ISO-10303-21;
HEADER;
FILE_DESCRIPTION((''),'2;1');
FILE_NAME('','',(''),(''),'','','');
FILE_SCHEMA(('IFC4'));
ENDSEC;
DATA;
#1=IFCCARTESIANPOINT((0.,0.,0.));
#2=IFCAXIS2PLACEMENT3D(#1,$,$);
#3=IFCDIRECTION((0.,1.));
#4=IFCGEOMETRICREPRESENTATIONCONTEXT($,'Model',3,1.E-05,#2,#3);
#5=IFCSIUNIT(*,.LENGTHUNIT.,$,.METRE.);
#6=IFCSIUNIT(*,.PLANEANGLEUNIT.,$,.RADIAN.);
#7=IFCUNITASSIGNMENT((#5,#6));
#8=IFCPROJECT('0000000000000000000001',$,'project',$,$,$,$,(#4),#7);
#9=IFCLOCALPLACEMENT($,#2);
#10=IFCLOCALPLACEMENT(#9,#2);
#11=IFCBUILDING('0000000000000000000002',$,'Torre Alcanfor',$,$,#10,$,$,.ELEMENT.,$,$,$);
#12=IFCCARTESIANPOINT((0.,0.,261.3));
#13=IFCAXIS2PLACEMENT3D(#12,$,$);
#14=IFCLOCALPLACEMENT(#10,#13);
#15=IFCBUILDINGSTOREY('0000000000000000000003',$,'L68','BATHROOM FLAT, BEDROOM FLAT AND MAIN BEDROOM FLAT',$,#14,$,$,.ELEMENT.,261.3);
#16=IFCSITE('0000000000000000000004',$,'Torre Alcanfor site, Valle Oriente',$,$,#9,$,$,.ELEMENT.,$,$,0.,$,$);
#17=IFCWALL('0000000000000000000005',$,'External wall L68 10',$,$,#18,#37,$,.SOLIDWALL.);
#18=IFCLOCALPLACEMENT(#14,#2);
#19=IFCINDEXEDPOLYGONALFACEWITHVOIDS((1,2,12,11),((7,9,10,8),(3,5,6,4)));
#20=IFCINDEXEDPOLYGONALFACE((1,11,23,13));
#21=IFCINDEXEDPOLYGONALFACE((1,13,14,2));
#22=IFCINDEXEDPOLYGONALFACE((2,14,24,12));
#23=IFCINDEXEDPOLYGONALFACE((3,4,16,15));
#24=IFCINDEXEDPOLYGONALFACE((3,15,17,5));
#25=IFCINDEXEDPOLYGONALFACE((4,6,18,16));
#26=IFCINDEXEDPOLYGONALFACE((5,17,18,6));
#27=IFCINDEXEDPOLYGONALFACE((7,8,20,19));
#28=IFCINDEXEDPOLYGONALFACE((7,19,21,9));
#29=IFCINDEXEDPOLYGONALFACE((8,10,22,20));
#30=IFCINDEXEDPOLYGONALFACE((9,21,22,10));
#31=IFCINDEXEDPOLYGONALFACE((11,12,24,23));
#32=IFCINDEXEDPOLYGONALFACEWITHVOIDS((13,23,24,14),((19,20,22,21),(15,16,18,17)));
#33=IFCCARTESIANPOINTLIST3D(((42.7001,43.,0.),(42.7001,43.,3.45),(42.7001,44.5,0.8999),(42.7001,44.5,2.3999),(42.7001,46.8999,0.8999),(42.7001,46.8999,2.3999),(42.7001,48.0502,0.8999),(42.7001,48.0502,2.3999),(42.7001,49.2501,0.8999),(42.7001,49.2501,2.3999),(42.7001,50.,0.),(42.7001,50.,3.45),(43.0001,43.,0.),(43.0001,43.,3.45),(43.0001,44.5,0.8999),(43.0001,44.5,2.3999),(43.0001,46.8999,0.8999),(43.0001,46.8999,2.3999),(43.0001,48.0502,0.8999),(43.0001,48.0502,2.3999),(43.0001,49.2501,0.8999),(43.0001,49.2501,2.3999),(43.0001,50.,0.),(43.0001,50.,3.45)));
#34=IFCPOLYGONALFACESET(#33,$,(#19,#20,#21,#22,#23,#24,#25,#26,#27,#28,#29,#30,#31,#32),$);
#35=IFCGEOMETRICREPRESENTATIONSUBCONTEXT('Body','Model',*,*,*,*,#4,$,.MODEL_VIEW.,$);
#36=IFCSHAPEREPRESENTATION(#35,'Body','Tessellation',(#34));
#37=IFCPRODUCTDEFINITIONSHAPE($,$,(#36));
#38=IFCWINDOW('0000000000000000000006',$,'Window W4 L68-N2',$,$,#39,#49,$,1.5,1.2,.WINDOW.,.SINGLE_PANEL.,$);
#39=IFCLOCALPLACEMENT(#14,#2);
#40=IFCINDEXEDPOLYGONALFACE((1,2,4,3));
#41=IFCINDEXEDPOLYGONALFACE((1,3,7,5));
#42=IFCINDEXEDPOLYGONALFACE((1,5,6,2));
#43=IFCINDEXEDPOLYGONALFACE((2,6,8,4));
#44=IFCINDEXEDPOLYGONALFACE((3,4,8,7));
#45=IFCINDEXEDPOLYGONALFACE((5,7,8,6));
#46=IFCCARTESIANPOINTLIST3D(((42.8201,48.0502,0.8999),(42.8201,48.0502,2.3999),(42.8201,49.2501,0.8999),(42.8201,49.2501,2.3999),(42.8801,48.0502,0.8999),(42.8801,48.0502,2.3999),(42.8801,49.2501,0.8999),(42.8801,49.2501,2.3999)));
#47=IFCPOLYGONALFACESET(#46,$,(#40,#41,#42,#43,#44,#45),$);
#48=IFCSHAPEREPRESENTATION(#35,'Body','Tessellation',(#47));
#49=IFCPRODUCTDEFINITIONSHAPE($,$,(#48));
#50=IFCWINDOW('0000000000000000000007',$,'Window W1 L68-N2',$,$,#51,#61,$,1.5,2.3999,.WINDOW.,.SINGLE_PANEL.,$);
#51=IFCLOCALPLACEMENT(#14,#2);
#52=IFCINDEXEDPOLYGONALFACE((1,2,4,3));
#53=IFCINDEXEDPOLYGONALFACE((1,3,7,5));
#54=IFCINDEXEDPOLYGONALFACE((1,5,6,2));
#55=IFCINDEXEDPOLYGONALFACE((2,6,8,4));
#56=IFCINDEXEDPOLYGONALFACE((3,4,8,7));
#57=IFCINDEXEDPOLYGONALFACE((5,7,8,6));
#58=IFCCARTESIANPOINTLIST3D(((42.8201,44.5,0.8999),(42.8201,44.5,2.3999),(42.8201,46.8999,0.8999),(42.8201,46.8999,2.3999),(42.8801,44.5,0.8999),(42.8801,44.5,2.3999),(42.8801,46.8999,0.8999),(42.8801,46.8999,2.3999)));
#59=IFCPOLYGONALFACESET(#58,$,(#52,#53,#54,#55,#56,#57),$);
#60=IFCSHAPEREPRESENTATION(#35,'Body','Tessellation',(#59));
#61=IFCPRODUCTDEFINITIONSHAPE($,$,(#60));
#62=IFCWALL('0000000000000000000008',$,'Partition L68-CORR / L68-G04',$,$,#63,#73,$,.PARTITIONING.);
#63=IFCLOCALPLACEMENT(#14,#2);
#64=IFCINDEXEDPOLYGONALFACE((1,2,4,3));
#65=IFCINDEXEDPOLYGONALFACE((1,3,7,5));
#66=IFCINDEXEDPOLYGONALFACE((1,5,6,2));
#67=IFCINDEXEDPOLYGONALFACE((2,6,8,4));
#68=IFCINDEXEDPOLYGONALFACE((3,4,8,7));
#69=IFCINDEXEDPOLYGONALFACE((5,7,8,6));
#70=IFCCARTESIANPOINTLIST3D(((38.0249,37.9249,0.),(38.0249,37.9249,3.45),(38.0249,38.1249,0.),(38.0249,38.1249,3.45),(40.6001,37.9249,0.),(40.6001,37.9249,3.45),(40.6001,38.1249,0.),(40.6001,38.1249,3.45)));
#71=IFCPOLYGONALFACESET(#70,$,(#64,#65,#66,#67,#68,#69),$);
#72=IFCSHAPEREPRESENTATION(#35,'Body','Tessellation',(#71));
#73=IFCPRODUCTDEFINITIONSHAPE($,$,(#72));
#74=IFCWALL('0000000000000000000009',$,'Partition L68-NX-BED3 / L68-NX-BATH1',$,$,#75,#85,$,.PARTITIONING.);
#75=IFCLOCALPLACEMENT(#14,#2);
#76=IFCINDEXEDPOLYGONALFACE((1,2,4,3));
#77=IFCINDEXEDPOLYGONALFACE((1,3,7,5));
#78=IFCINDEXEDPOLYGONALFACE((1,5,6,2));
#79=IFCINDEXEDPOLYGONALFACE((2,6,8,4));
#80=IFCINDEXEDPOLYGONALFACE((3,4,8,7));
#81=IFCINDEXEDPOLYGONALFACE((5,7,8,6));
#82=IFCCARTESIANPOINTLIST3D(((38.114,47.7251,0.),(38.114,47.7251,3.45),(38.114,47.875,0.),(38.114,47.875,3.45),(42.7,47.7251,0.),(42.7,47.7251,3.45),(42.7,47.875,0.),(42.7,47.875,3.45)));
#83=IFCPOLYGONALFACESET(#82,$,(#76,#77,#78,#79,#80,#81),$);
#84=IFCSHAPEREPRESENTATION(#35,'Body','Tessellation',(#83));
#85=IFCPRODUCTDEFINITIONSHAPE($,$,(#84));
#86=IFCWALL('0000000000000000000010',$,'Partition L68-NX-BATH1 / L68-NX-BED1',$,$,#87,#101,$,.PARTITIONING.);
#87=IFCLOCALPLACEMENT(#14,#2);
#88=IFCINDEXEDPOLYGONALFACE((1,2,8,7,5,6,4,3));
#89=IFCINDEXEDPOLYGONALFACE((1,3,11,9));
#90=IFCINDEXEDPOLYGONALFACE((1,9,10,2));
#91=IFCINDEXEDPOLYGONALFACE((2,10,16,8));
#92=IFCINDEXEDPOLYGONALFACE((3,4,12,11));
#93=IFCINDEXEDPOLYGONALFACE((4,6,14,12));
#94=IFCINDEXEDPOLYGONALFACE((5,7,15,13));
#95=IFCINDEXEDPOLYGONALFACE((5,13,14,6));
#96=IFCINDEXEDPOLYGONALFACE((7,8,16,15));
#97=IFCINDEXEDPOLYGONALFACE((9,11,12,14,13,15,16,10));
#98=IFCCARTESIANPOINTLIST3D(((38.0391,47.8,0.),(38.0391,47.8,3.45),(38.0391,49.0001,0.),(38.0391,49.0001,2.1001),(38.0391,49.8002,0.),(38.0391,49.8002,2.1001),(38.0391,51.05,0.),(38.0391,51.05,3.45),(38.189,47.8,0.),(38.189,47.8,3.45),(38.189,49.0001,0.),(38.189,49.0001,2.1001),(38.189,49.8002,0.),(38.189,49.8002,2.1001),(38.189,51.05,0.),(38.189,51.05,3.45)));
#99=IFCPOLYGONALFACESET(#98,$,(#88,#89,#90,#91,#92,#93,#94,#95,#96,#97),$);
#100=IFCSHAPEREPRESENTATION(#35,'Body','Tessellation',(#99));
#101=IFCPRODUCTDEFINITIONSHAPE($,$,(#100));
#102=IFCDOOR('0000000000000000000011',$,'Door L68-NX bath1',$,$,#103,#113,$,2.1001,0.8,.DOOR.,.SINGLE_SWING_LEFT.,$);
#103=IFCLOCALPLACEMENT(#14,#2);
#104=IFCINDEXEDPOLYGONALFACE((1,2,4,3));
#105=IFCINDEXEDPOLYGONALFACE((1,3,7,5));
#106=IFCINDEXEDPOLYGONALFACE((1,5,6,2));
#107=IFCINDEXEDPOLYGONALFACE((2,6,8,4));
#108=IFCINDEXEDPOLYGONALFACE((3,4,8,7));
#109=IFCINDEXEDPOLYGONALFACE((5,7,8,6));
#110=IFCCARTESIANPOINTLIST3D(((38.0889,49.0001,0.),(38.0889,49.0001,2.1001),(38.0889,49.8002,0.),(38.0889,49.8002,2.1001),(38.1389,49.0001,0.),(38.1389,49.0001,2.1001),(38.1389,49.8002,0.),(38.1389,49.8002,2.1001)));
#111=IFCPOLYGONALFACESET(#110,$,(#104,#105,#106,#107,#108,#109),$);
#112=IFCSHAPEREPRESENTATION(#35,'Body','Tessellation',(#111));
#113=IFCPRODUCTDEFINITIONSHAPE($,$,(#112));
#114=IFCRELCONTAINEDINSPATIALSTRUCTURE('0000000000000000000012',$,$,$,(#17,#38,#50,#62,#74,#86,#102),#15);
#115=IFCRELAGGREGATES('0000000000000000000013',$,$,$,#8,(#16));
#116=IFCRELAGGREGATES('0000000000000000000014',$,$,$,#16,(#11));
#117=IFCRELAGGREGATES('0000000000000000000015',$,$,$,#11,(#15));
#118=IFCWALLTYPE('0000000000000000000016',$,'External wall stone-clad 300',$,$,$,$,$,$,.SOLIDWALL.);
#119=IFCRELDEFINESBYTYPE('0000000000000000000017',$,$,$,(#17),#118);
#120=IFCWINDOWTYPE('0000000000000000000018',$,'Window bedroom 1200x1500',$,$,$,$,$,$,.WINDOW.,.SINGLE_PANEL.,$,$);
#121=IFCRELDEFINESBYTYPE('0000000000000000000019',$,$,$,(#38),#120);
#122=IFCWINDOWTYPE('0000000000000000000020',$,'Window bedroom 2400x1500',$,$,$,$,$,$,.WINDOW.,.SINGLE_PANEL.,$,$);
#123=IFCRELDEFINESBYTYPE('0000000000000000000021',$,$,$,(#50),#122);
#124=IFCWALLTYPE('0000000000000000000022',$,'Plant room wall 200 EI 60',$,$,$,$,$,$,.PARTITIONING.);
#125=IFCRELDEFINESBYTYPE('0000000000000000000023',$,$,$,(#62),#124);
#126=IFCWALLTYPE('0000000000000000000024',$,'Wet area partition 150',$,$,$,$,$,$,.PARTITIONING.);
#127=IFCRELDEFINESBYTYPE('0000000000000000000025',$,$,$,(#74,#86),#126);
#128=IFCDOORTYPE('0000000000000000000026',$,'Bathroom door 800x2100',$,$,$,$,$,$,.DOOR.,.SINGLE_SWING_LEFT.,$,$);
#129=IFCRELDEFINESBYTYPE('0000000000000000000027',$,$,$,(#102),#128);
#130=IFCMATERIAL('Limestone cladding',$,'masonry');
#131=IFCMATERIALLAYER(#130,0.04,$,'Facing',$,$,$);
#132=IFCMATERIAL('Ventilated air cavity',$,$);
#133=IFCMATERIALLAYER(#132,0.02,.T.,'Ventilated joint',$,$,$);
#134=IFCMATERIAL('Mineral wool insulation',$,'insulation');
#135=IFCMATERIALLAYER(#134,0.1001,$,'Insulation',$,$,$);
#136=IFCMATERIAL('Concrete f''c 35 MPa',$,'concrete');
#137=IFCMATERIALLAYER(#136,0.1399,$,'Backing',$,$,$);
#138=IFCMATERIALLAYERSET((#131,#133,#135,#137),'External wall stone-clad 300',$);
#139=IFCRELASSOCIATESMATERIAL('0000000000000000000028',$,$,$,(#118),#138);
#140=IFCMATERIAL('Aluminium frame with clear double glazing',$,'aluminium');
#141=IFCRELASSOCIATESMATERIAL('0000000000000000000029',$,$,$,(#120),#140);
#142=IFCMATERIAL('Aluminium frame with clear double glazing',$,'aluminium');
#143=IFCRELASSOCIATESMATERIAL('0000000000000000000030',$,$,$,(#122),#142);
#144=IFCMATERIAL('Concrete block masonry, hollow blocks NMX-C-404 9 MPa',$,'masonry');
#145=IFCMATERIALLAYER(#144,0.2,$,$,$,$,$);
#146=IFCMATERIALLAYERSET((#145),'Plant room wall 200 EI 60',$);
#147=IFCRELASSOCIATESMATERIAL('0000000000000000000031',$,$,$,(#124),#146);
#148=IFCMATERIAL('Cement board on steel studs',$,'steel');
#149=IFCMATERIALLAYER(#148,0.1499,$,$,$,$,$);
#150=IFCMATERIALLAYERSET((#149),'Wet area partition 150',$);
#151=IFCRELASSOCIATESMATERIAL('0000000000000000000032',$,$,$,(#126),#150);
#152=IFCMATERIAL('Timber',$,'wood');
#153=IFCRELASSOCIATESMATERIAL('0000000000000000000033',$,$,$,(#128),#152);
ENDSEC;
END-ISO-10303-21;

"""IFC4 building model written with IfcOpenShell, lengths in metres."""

from ifc_helpers import new_model, si_unit, direction, frame, frame_2d, origin, place, context, subcontext, project, spatial, rectangle, extrude, material, layer, layer_set, type_object, element, fill, save


model = new_model("IFC4")

# Units and contexts
model_context = context("Model", 3, precision=1e-05, world=origin(), true_north=direction((0.0, 1.0)))
body_context = subcontext(model_context, "Body", "Model", "MODEL_VIEW")
ifc_project = project(units=[si_unit("LENGTHUNIT", "METRE"), si_unit("PLANEANGLEUNIT", "RADIAN")], contexts=[model_context])

# Site, building, storey
site_placement = place(None, origin())
site = spatial("IfcSite", under=ifc_project, at=site_placement, Name="Torre Alcanfor site, Valle Oriente", CompositionType="ELEMENT", RefElevation=0.0)
building_placement = place(site_placement, origin())
building = spatial("IfcBuilding", under=site, at=building_placement, Name="Torre Alcanfor", CompositionType="ELEMENT")
storey_placement = place(building_placement, frame((0.0, 0.0, 261.3)))
storey = spatial("IfcBuildingStorey", under=building, at=storey_placement, Name="L68", Description="BATHROOM FLAT, BEDROOM FLAT AND MAIN BEDROOM FLAT", CompositionType="ELEMENT", Elevation=261.3)

# Wall, openings, windows
ifc_material_1 = material(Name="Limestone cladding", Category="masonry")
ifc_layer_1 = layer(ifc_material_1, 0.04, Name="Facing")
ifc_material_2 = material(Name="Ventilated air cavity")
ifc_layer_2 = layer(ifc_material_2, 0.02, ventilated=True, Name="Ventilated joint")
ifc_material_3 = material(Name="Mineral wool insulation", Category="insulation")
ifc_layer_3 = layer(ifc_material_3, 0.1001, Name="Insulation")
ifc_material_4 = material(Name="Concrete f'c 35 MPa", Category="concrete")
ifc_layer_4 = layer(ifc_material_4, 0.1399, Name="Backing")
ifc_layer_set_1 = layer_set([ifc_layer_1, ifc_layer_2, ifc_layer_3, ifc_layer_4], Name="External wall stone-clad 300")
wall_type_1 = type_object("IfcWallType", Name="External wall stone-clad 300", PredefinedType="SOLIDWALL", material=ifc_layer_set_1)
ifc_material_5 = material(Name="Aluminium frame with clear double glazing", Category="aluminium")
window_type_1 = type_object("IfcWindowType", Name="Window bedroom 1200x1500", PartitioningType="SINGLE_PANEL", PredefinedType="WINDOW", material=ifc_material_5)
ifc_material_6 = material(Name="Aluminium frame with clear double glazing", Category="aluminium")
window_type_2 = type_object("IfcWindowType", Name="Window bedroom 2400x1500", PartitioningType="SINGLE_PANEL", PredefinedType="WINDOW", material=ifc_material_6)
wall_1_placement = place(storey_placement, frame((42.8501, 43.0, 0.0), z_axis=(0.0, 0.0, 1.0), x_axis=(0.0, 1.0, 0.0)))
wall_1 = element("IfcWall", 1, at=wall_1_placement, inside=storey, type_object=wall_type_1, Name="External wall L68 10", PredefinedType="SOLIDWALL", context=body_context, shape_type="SweptSolid", body=[
    extrude(rectangle(XDim=7.0, YDim=0.3, at=frame_2d((3.5, 0.0))), origin(), (0.0, 0.0, 1.0), 3.45),
])
opening_1_placement = place(wall_1_placement, frame((1.5, 0.0, 0.8999)))
opening_1 = element("IfcOpeningElement", 2, at=opening_1_placement, cuts=wall_1, PredefinedType="OPENING", context=body_context, shape_type="SweptSolid", body=[
    extrude(rectangle(XDim=2.3999, YDim=1.5, at=frame_2d((1.2, 0.75))), frame((0.0, 0.1599, 0.0), z_axis=(0.0, -1.0, 0.0), x_axis=(1.0, 0.0, 0.0)), (0.0, 0.0, 1.0), 0.3201),
])
opening_2_placement = place(wall_1_placement, frame((5.05, 0.0, 0.8999)))
opening_2 = element("IfcOpeningElement", 3, at=opening_2_placement, cuts=wall_1, PredefinedType="OPENING", context=body_context, shape_type="SweptSolid", body=[
    extrude(rectangle(XDim=1.2, YDim=1.5, at=frame_2d((0.6001, 0.75))), frame((0.0, 0.1599, 0.0), z_axis=(0.0, -1.0, 0.0), x_axis=(1.0, 0.0, 0.0)), (0.0, 0.0, 1.0), 0.3201),
])
window_1_placement = place(opening_2_placement, origin())
window_1 = element("IfcWindow", 4, at=window_1_placement, inside=storey, type_object=window_type_1, Name="Window W4 L68-N2", OverallHeight=1.5, OverallWidth=1.2, PartitioningType="SINGLE_PANEL", PredefinedType="WINDOW", context=body_context, shape_type="SweptSolid", body=[
    extrude(rectangle(XDim=1.2, YDim=1.5, at=frame_2d((0.6001, 0.75))), frame((0.0, 0.03, 0.0), z_axis=(0.0, -1.0, 0.0), x_axis=(1.0, 0.0, 0.0)), (0.0, 0.0, 1.0), 0.0601),
])
fill(opening_2, window_1)
window_2_placement = place(opening_1_placement, origin())
window_2 = element("IfcWindow", 5, at=window_2_placement, inside=storey, type_object=window_type_2, Name="Window W1 L68-N2", OverallHeight=1.5, OverallWidth=2.3999, PartitioningType="SINGLE_PANEL", PredefinedType="WINDOW", context=body_context, shape_type="SweptSolid", body=[
    extrude(rectangle(XDim=2.3999, YDim=1.5, at=frame_2d((1.2, 0.75))), frame((0.0, 0.03, 0.0), z_axis=(0.0, -1.0, 0.0), x_axis=(1.0, 0.0, 0.0)), (0.0, 0.0, 1.0), 0.0601),
])
fill(opening_1, window_2)

# Walls
ifc_material_7 = material(Name="Concrete block masonry, hollow blocks NMX-C-404 9 MPa", Category="masonry")
ifc_layer_5 = layer(ifc_material_7, 0.2)
ifc_layer_set_2 = layer_set([ifc_layer_5], Name="Plant room wall 200 EI 60")
wall_type_2 = type_object("IfcWallType", Name="Plant room wall 200 EI 60", PredefinedType="PARTITIONING", material=ifc_layer_set_2)
wall_2_placement = place(storey_placement, frame((40.6001, 38.0249, 0.0), z_axis=(0.0, 0.0, 1.0), x_axis=(-1.0, 0.0, 0.0)))
element("IfcWall", 6, at=wall_2_placement, inside=storey, type_object=wall_type_2, Name="Partition L68-CORR / L68-G04", PredefinedType="PARTITIONING", context=body_context, shape_type="SweptSolid", body=[
    extrude(rectangle(XDim=2.5752, YDim=0.2, at=frame_2d((1.2876, 0.0))), origin(), (0.0, 0.0, 1.0), 3.45),
])
ifc_material_8 = material(Name="Cement board on steel studs", Category="steel")
ifc_layer_6 = layer(ifc_material_8, 0.1499)
ifc_layer_set_3 = layer_set([ifc_layer_6], Name="Wet area partition 150")
wall_type_3 = type_object("IfcWallType", Name="Wet area partition 150", PredefinedType="PARTITIONING", material=ifc_layer_set_3)
wall_3_placement = place(storey_placement, frame((42.7, 47.8, 0.0), z_axis=(0.0, 0.0, 1.0), x_axis=(-1.0, 0.0, 0.0)))
element("IfcWall", 7, at=wall_3_placement, inside=storey, type_object=wall_type_3, Name="Partition L68-NX-BED3 / L68-NX-BATH1", PredefinedType="PARTITIONING", context=body_context, shape_type="SweptSolid", body=[
    extrude(rectangle(XDim=4.5859, YDim=0.1499, at=frame_2d((2.293, 0.0))), origin(), (0.0, 0.0, 1.0), 3.45),
])

# Wall, opening, door
wall_4_placement = place(storey_placement, frame((38.114, 51.05, 0.0), z_axis=(0.0, 0.0, 1.0), x_axis=(0.0, -1.0, 0.0)))
wall_4 = element("IfcWall", 8, at=wall_4_placement, inside=storey, type_object=wall_type_3, Name="Partition L68-NX-BATH1 / L68-NX-BED1", PredefinedType="PARTITIONING", context=body_context, shape_type="SweptSolid", body=[
    extrude(rectangle(XDim=3.25, YDim=0.1499, at=frame_2d((1.625, 0.0))), origin(), (0.0, 0.0, 1.0), 3.45),
])
opening_3_placement = place(wall_4_placement, frame((1.25, 0.0, 0.0)))
opening_3 = element("IfcOpeningElement", 9, at=opening_3_placement, cuts=wall_4, PredefinedType="OPENING", context=body_context, shape_type="SweptSolid", body=[
    extrude(rectangle(XDim=0.8, YDim=2.1001, at=frame_2d((0.3999, 1.05))), frame((0.0, 0.085, 0.0), z_axis=(0.0, -1.0, 0.0), x_axis=(1.0, 0.0, 0.0)), (0.0, 0.0, 1.0), 0.1699),
])
ifc_material_9 = material(Name="Timber", Category="wood")
door_type = type_object("IfcDoorType", Name="Bathroom door 800x2100", OperationType="SINGLE_SWING_LEFT", PredefinedType="DOOR", material=ifc_material_9)
door_placement = place(opening_3_placement, frame((0.8, 0.0, 0.0), z_axis=(0.0, 0.0, 1.0), x_axis=(-1.0, 0.0, 0.0)))
door = element("IfcDoor", 10, at=door_placement, inside=storey, type_object=door_type, Name="Door L68-NX bath1", OperationType="SINGLE_SWING_LEFT", OverallHeight=2.1001, OverallWidth=0.8, PredefinedType="DOOR", context=body_context, shape_type="SweptSolid", body=[
    extrude(rectangle(XDim=0.8, YDim=2.1001, at=frame_2d((0.4001, 1.05))), frame((0.0, 0.0251, 0.0), z_axis=(0.0, -1.0, 0.0), x_axis=(1.0, 0.0, 0.0)), (0.0, 0.0, 1.0), 0.05),
])
fill(opening_3, door)

save(model, "model.ifc")
